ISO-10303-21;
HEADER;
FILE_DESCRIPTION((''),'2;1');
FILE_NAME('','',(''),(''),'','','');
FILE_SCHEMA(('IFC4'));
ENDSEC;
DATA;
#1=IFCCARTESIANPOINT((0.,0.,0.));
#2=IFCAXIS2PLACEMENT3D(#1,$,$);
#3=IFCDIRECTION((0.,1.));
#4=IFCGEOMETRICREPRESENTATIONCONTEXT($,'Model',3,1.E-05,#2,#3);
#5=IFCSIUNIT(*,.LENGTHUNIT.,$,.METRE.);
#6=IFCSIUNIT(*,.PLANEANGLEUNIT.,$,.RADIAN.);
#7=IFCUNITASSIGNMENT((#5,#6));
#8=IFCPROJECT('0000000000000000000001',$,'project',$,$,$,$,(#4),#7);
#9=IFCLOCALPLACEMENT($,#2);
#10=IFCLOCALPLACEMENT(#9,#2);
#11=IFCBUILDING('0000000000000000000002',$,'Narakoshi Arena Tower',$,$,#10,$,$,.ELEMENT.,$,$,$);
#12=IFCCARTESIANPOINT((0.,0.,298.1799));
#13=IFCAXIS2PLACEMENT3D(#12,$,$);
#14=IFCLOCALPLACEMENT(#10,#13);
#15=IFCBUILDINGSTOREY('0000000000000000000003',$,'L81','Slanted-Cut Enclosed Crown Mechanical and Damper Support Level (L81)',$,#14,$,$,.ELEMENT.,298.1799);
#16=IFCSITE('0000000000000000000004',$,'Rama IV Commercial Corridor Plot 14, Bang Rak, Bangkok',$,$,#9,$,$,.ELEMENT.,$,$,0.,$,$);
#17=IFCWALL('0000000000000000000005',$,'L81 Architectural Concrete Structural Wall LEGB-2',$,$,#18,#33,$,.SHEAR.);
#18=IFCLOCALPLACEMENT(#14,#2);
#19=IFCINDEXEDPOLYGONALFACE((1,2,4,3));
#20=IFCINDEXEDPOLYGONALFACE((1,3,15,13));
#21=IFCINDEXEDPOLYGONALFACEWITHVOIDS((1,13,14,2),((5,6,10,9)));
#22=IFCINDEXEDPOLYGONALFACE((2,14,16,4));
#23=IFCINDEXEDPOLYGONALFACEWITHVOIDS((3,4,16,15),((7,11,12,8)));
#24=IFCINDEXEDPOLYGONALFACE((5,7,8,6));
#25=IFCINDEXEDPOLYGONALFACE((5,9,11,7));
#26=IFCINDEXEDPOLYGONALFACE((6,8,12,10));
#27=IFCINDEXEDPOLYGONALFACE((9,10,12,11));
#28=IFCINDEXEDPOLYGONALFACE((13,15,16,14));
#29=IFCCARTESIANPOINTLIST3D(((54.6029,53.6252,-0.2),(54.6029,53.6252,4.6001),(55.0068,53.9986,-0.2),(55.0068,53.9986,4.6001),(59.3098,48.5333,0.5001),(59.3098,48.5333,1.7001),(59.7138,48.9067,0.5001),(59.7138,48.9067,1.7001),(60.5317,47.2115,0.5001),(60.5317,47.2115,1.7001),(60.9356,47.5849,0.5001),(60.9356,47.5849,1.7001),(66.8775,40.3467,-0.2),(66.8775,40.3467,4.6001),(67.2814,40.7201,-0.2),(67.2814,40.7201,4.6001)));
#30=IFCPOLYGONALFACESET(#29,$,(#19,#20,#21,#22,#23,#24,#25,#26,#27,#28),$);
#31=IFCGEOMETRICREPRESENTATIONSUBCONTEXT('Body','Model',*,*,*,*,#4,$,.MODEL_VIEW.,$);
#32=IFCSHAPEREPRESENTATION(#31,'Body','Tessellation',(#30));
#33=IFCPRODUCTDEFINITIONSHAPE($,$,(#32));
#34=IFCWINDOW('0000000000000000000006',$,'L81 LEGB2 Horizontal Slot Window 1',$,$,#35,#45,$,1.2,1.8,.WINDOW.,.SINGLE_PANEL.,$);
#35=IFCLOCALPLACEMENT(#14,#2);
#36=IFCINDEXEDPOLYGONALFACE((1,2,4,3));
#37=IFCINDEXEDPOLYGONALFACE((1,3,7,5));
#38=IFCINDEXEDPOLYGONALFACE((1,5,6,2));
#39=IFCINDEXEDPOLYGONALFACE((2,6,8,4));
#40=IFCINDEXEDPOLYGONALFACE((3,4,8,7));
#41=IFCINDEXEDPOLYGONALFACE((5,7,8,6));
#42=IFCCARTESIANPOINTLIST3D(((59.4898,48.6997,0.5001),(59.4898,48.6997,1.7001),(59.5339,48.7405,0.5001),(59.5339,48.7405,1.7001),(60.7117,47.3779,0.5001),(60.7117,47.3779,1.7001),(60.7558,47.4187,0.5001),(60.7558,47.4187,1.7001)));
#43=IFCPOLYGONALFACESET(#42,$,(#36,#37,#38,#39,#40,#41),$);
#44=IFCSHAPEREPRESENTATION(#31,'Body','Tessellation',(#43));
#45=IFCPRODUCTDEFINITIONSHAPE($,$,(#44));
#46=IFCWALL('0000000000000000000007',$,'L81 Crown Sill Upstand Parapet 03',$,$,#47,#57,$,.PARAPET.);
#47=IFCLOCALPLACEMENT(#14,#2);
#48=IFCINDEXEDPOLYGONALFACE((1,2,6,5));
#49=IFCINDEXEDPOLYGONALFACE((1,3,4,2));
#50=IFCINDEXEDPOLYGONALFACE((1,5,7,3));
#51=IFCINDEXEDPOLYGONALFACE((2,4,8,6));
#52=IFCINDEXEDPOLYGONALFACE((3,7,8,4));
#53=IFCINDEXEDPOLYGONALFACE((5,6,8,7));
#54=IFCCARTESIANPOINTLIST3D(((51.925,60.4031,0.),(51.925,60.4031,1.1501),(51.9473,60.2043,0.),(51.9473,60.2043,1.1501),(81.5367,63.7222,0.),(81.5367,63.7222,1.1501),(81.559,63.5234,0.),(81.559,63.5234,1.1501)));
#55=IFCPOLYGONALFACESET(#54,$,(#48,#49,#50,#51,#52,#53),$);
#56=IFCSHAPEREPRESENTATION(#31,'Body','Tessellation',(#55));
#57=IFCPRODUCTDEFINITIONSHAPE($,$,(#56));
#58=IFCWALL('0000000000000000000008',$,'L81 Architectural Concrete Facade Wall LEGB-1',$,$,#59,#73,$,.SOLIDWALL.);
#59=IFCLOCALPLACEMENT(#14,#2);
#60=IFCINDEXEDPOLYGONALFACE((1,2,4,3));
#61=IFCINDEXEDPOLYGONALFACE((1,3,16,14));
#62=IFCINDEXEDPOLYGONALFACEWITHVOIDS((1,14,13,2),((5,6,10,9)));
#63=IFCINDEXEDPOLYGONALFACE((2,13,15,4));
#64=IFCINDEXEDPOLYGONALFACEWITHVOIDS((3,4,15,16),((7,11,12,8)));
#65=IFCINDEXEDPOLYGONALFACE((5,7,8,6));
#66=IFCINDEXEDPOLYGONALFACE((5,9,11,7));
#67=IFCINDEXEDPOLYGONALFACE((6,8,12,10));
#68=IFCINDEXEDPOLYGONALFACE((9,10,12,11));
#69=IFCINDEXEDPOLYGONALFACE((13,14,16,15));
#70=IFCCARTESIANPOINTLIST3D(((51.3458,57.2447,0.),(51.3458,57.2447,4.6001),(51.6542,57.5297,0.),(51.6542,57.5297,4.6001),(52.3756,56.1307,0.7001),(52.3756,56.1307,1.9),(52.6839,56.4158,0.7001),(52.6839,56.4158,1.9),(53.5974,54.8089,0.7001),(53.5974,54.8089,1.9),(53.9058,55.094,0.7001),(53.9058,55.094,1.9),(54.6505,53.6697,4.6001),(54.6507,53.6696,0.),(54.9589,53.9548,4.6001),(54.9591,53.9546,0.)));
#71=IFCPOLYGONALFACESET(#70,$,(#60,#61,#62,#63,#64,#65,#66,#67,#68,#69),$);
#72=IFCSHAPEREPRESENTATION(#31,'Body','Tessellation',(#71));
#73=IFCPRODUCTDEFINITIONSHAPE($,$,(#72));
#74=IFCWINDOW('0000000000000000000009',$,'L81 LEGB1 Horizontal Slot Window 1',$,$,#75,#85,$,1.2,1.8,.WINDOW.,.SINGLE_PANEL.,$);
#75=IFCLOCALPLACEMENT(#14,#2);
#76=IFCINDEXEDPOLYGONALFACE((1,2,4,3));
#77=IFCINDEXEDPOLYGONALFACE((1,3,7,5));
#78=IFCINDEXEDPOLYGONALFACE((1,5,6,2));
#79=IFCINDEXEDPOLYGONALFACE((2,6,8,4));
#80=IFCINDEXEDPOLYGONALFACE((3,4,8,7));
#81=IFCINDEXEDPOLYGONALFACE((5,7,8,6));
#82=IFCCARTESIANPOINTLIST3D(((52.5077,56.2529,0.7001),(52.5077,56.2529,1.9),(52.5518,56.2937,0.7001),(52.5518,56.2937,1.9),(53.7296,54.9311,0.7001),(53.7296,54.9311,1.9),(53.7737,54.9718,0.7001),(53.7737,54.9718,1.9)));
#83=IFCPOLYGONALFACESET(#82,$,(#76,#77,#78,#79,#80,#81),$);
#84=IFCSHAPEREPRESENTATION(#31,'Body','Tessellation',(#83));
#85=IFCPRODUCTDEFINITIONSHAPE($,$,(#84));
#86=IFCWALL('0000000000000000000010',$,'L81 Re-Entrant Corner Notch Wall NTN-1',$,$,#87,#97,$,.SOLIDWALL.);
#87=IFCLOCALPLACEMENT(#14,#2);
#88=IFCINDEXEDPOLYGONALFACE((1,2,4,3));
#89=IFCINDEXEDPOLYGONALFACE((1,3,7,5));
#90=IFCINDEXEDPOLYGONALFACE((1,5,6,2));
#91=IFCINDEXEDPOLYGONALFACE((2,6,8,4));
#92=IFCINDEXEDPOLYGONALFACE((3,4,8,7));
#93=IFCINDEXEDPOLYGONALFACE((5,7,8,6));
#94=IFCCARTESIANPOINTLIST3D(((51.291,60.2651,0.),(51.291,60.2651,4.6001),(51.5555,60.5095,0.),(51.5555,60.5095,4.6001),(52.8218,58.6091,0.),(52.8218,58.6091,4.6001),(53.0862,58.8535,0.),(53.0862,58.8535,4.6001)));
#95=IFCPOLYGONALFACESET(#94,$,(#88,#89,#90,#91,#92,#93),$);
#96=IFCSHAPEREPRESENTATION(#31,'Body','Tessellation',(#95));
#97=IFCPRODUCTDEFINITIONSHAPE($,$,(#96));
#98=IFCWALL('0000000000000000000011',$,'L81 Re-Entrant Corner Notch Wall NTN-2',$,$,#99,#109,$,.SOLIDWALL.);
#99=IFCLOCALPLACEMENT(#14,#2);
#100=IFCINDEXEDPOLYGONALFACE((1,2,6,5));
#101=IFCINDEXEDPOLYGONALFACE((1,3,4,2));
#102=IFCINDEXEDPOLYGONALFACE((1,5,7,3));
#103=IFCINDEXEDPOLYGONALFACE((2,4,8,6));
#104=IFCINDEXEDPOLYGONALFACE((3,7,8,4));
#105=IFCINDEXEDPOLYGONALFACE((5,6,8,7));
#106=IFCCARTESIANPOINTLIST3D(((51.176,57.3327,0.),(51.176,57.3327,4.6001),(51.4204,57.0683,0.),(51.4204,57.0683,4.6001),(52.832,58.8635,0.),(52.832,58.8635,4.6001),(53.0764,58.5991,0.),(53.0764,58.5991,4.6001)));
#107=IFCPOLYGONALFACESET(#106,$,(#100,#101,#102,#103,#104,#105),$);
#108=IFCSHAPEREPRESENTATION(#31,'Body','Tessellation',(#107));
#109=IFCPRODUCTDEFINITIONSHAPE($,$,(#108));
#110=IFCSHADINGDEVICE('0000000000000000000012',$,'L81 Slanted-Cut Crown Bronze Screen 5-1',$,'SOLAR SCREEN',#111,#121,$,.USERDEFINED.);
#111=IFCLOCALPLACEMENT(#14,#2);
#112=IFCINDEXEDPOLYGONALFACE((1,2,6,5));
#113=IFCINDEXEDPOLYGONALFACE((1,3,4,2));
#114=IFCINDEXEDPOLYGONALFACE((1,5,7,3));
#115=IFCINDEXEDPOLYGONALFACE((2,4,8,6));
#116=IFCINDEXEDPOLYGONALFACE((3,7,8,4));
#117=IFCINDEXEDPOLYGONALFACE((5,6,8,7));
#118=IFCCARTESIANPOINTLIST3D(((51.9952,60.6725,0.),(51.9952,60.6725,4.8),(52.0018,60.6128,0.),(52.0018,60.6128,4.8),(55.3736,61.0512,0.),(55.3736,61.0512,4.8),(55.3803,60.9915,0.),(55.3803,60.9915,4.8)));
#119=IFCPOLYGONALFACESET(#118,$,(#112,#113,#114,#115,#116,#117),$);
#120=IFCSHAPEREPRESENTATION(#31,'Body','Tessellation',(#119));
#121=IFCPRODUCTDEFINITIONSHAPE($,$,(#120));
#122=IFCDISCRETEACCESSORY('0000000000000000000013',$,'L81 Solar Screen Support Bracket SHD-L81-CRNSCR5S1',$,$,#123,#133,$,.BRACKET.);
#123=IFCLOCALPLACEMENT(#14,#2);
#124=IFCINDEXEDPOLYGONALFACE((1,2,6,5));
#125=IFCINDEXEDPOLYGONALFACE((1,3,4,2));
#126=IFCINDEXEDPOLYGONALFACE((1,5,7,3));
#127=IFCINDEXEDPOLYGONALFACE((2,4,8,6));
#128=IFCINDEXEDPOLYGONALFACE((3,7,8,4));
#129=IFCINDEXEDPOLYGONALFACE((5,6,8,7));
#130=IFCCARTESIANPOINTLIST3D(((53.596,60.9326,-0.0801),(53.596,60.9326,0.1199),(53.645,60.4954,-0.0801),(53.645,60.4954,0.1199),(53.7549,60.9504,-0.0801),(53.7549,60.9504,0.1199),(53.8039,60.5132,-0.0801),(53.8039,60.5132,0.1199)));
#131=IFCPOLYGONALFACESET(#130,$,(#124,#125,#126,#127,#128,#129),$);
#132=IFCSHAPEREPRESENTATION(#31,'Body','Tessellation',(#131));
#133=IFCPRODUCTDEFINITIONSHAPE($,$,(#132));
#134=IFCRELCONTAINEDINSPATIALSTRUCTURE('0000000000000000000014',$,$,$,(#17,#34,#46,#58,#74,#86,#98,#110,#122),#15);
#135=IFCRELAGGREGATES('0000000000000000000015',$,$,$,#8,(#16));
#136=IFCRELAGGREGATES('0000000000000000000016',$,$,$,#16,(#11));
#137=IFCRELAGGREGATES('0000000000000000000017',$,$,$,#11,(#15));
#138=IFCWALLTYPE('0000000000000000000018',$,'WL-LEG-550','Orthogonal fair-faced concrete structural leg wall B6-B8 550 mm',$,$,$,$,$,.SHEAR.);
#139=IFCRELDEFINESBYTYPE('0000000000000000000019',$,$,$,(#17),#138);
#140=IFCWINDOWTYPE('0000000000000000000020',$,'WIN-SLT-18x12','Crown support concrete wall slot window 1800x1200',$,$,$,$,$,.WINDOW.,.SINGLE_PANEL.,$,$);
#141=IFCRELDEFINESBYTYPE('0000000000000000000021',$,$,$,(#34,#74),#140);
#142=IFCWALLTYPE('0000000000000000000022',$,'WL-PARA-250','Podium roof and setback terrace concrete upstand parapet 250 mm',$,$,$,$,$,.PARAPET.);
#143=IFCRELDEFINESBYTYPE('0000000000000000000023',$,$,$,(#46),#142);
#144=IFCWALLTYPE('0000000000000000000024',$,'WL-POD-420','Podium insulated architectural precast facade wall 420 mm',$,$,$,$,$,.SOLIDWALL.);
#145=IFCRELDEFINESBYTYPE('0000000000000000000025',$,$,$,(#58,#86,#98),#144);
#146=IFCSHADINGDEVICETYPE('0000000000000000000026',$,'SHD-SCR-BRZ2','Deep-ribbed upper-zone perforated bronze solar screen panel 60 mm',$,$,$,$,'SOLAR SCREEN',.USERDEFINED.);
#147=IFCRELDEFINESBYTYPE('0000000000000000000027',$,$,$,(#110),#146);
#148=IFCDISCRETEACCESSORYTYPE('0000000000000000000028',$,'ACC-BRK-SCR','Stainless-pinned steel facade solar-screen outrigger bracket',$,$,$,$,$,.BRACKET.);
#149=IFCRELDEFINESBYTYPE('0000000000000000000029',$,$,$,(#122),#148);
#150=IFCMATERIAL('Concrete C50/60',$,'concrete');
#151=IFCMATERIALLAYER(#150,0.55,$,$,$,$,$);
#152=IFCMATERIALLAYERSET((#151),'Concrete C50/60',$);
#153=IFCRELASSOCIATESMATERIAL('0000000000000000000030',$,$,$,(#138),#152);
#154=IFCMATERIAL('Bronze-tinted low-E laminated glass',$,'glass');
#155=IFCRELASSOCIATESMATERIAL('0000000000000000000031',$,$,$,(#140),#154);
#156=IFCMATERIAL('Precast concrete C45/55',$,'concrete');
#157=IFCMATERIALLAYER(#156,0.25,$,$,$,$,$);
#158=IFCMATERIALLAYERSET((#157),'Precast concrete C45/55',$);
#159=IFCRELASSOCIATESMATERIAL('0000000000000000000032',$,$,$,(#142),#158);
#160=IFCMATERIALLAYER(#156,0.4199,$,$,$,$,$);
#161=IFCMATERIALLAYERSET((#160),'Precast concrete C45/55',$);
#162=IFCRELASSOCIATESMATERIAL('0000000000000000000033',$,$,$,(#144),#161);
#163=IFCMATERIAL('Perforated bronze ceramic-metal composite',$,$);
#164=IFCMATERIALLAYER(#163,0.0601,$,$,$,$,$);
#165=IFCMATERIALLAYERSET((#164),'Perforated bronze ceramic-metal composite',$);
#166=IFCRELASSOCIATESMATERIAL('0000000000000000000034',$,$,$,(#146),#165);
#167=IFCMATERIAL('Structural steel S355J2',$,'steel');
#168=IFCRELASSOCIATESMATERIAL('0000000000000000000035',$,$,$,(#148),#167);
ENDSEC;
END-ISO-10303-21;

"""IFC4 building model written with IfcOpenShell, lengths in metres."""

from ifc_helpers import new_model, si_unit, direction, frame, frame_2d, origin, origin_2d, place, context, subcontext, project, spatial, polyline, rectangle, outline, extrude, material, layer, layer_set, type_object, element, fill, save


model = new_model("IFC4")

# Units and contexts
model_context = context("Model", 3, precision=1e-05, world=origin(), true_north=direction((0.0, 1.0)))
body_context = subcontext(model_context, "Body", "Model", "MODEL_VIEW")
ifc_project = project(units=[si_unit("LENGTHUNIT", "METRE"), si_unit("PLANEANGLEUNIT", "RADIAN")], contexts=[model_context])

# Site, building, storey
site_placement = place(None, origin())
site = spatial("IfcSite", under=ifc_project, at=site_placement, Name="Rama IV Commercial Corridor Plot 14, Bang Rak, Bangkok", CompositionType="ELEMENT", RefElevation=0.0)
building_placement = place(site_placement, origin())
building = spatial("IfcBuilding", under=site, at=building_placement, Name="Narakoshi Arena Tower", CompositionType="ELEMENT")
storey_placement = place(building_placement, frame((0.0, 0.0, 298.1799)))
storey = spatial("IfcBuildingStorey", under=building, at=storey_placement, Name="L81", Description="Slanted-Cut Enclosed Crown Mechanical and Damper Support Level (L81)", CompositionType="ELEMENT", Elevation=298.1799)

# Shared definitions
ifc_material_1 = material(Name="Structural steel S355J2", Category="steel")

# Shared definitions
ifc_material_2 = material(Name="Bronze-tinted low-E laminated glass", Category="glass")

# Wall, opening, window
ifc_material_3 = material(Name="Concrete C50/60", Category="concrete")
ifc_layer_1 = layer(ifc_material_3, 0.55)
ifc_layer_set_1 = layer_set([ifc_layer_1], Name="Concrete C50/60")
wall_type_1 = type_object("IfcWallType", Name="WL-LEG-550", Description="Orthogonal fair-faced concrete structural leg wall B6-B8 550 mm", PredefinedType="SHEAR", material=ifc_layer_set_1)
wall_1_placement = place(storey_placement, frame((54.8049, 53.812, -0.2), z_axis=(0.0, 0.0, 1.0), x_axis=(0.678803, -0.73432, 0.0)))
wall_1 = element("IfcWall", 1, at=wall_1_placement, inside=storey, type_object=wall_type_1, Name="L81 Architectural Concrete Structural Wall LEGB-2", PredefinedType="SHEAR", context=body_context, shape_type="SweptSolid", body=[
    extrude(outline(polyline([(0.0, 0.0), (18.0828, 0.0), (18.0828, 4.8), (0.0, 4.8), (0.0, 0.0)])), frame((0.0, 0.2749, 0.0), z_axis=(0.0, -1.0, 0.0), x_axis=(1.0, 0.0, 0.0)), (0.0, 0.0, 1.0), 0.55),
])
opening_1_placement = place(wall_1_placement, frame((6.9343, 0.0, 0.7)))
opening_1 = element("IfcOpeningElement", 2, at=opening_1_placement, cuts=wall_1, PredefinedType="OPENING", context=body_context, shape_type="SweptSolid", body=[
    extrude(rectangle(XDim=1.8, YDim=1.2, at=frame_2d((0.8999, 0.6001))), frame((0.0, 0.2849, 0.0), z_axis=(0.0, -1.0, 0.0), x_axis=(1.0, 0.0, 0.0)), (0.0, 0.0, 1.0), 0.5701),
])
window_type = type_object("IfcWindowType", Name="WIN-SLT-18x12", Description="Crown support concrete wall slot window 1800x1200", PartitioningType="SINGLE_PANEL", PredefinedType="WINDOW", material=ifc_material_2)
window_1_placement = place(opening_1_placement, origin())
window_1 = element("IfcWindow", 3, at=window_1_placement, inside=storey, type_object=window_type, Name="L81 LEGB2 Horizontal Slot Window 1", OverallHeight=1.2, OverallWidth=1.8, PartitioningType="SINGLE_PANEL", PredefinedType="WINDOW", context=body_context, shape_type="SweptSolid", body=[
    extrude(rectangle(XDim=1.8, YDim=1.2, at=frame_2d((0.8999, 0.6001))), frame((0.0, 0.03, 0.0), z_axis=(0.0, -1.0, 0.0), x_axis=(1.0, 0.0, 0.0)), (0.0, 0.0, 1.0), 0.0601),
])
fill(opening_1, window_1)

# Wall
ifc_material_4 = material(Name="Precast concrete C45/55", Category="concrete")
ifc_layer_2 = layer(ifc_material_4, 0.25)
ifc_layer_set_2 = layer_set([ifc_layer_2], Name="Precast concrete C45/55")
wall_type_2 = type_object("IfcWallType", Name="WL-PARA-250", Description="Podium roof and setback terrace concrete upstand parapet 250 mm", PredefinedType="PARAPET", material=ifc_layer_set_2)
wall_2_placement = place(storey_placement, frame((51.9363, 60.3037, 0.0), z_axis=(0.0, 0.0, 1.0), x_axis=(0.993777, 0.11139, 0.0)))
element("IfcWall", 4, at=wall_2_placement, inside=storey, type_object=wall_type_2, Name="L81 Crown Sill Upstand Parapet 03", PredefinedType="PARAPET", context=body_context, shape_type="SweptSolid", body=[
    extrude(rectangle(XDim=29.7971, YDim=0.2, at=frame_2d((14.8984, 0.0))), origin(), (0.0, 0.0, 1.0), 1.1501),
])

# Wall, opening, window
ifc_layer_3 = layer(ifc_material_4, 0.4199)
ifc_layer_set_3 = layer_set([ifc_layer_3], Name="Precast concrete C45/55")
wall_type_3 = type_object("IfcWallType", Name="WL-POD-420", Description="Podium insulated architectural precast facade wall 420 mm", PredefinedType="SOLIDWALL", material=ifc_layer_set_3)
wall_3_placement = place(storey_placement, frame((51.5, 57.3872, 0.0), z_axis=(0.0, 0.0, 1.0), x_axis=(0.678807, -0.734317, 0.0)))
wall_3 = element("IfcWall", 5, at=wall_3_placement, inside=storey, type_object=wall_type_3, Name="L81 Architectural Concrete Facade Wall LEGB-1", PredefinedType="SOLIDWALL", context=body_context, shape_type="SweptSolid", body=[
    extrude(outline(polyline([(0.0, 0.0), (4.8687, 0.0), (4.8684, 4.6001), (0.0, 4.6001), (0.0, 0.0)])), frame((0.0, 0.21, 0.0), z_axis=(0.0, -1.0, 0.0), x_axis=(1.0, 0.0, 0.0)), (0.0, 0.0, 1.0), 0.4199),
])
opening_2_placement = place(wall_3_placement, frame((1.5171, 0.0, 0.7)))
opening_2 = element("IfcOpeningElement", 6, at=opening_2_placement, cuts=wall_3, PredefinedType="OPENING", context=body_context, shape_type="SweptSolid", body=[
    extrude(rectangle(XDim=1.8, YDim=1.2, at=frame_2d((0.8999, 0.6001))), frame((0.0, 0.22, 0.0), z_axis=(0.0, -1.0, 0.0), x_axis=(1.0, 0.0, 0.0)), (0.0, 0.0, 1.0), 0.4399),
])
window_2_placement = place(opening_2_placement, origin())
window_2 = element("IfcWindow", 7, at=window_2_placement, inside=storey, type_object=window_type, Name="L81 LEGB1 Horizontal Slot Window 1", OverallHeight=1.2, OverallWidth=1.8, PartitioningType="SINGLE_PANEL", PredefinedType="WINDOW", context=body_context, shape_type="SweptSolid", body=[
    extrude(rectangle(XDim=1.8, YDim=1.2, at=frame_2d((0.8999, 0.6001))), frame((0.0, 0.03, 0.0), z_axis=(0.0, -1.0, 0.0), x_axis=(1.0, 0.0, 0.0)), (0.0, 0.0, 1.0), 0.0601),
])
fill(opening_2, window_2)

# Walls
for number, where, z_axis, x_axis, name in (
    (8, (51.4233, 60.3872, 0.0), (0.0, 0.0, 1.0), (0.678793, -0.73433, 0.0), "L81 Re-Entrant Corner Notch Wall NTN-1"),
    (9, (52.9541, 58.7312, 0.0), (0.0, 0.0, 1.0), (-0.73433, -0.678793, 0.0), "L81 Re-Entrant Corner Notch Wall NTN-2"),
):
    element("IfcWall", number, at=place(storey_placement, frame(where, z_axis=z_axis, x_axis=x_axis)), inside=storey, type_object=wall_type_3, Name=name, PredefinedType="SOLIDWALL", context=body_context, shape_type="SweptSolid", body=[
        extrude(rectangle(XDim=2.2551, YDim=0.3601, at=frame_2d((1.1274, 0.0))), origin(), (0.0, 0.0, 1.0), 4.6001),
    ])

# Shading device
ifc_material_5 = material(Name="Perforated bronze ceramic-metal composite")
ifc_layer_4 = layer(ifc_material_5, 0.0601)
ifc_layer_set_4 = layer_set([ifc_layer_4], Name="Perforated bronze ceramic-metal composite")
shading_device_type = type_object("IfcShadingDeviceType", Name="SHD-SCR-BRZ2", Description="Deep-ribbed upper-zone perforated bronze solar screen panel 60 mm", ElementType="SOLAR SCREEN", PredefinedType="USERDEFINED", material=ifc_layer_set_4)
shading_device_placement = place(storey_placement, frame((53.6877, 60.832, 0.0), z_axis=(0.0, 0.0, 1.0), x_axis=(0.993776, 0.1114, 0.0)))
element("IfcShadingDevice", 10, at=shading_device_placement, inside=storey, type_object=shading_device_type, Name="L81 Slanted-Cut Crown Bronze Screen 5-1", ObjectType="SOLAR SCREEN", PredefinedType="USERDEFINED", context=body_context, shape_type="SweptSolid", body=[
    extrude(rectangle(XDim=3.3997, YDim=0.0601, at=origin_2d()), origin(), (0.0, 0.0, 1.0), 4.8),
])

# Discrete accessory
discrete_accessory_type = type_object("IfcDiscreteAccessoryType", Name="ACC-BRK-SCR", Description="Stainless-pinned steel facade solar-screen outrigger bracket", PredefinedType="BRACKET", material=ifc_material_1)
discrete_accessory_placement = place(storey_placement, frame((53.7, 60.7229, -0.0801), z_axis=(0.0, 0.0, 1.0), x_axis=(0.993776, 0.1114, 0.0)))
element("IfcDiscreteAccessory", 11, at=discrete_accessory_placement, inside=storey, type_object=discrete_accessory_type, Name="L81 Solar Screen Support Bracket SHD-L81-CRNSCR5S1", PredefinedType="BRACKET", context=body_context, shape_type="SweptSolid", body=[
    extrude(rectangle(XDim=0.1599, YDim=0.4399, at=origin_2d()), origin(), (0.0, 0.0, 1.0), 0.2),
])

save(model, "model.ifc")
